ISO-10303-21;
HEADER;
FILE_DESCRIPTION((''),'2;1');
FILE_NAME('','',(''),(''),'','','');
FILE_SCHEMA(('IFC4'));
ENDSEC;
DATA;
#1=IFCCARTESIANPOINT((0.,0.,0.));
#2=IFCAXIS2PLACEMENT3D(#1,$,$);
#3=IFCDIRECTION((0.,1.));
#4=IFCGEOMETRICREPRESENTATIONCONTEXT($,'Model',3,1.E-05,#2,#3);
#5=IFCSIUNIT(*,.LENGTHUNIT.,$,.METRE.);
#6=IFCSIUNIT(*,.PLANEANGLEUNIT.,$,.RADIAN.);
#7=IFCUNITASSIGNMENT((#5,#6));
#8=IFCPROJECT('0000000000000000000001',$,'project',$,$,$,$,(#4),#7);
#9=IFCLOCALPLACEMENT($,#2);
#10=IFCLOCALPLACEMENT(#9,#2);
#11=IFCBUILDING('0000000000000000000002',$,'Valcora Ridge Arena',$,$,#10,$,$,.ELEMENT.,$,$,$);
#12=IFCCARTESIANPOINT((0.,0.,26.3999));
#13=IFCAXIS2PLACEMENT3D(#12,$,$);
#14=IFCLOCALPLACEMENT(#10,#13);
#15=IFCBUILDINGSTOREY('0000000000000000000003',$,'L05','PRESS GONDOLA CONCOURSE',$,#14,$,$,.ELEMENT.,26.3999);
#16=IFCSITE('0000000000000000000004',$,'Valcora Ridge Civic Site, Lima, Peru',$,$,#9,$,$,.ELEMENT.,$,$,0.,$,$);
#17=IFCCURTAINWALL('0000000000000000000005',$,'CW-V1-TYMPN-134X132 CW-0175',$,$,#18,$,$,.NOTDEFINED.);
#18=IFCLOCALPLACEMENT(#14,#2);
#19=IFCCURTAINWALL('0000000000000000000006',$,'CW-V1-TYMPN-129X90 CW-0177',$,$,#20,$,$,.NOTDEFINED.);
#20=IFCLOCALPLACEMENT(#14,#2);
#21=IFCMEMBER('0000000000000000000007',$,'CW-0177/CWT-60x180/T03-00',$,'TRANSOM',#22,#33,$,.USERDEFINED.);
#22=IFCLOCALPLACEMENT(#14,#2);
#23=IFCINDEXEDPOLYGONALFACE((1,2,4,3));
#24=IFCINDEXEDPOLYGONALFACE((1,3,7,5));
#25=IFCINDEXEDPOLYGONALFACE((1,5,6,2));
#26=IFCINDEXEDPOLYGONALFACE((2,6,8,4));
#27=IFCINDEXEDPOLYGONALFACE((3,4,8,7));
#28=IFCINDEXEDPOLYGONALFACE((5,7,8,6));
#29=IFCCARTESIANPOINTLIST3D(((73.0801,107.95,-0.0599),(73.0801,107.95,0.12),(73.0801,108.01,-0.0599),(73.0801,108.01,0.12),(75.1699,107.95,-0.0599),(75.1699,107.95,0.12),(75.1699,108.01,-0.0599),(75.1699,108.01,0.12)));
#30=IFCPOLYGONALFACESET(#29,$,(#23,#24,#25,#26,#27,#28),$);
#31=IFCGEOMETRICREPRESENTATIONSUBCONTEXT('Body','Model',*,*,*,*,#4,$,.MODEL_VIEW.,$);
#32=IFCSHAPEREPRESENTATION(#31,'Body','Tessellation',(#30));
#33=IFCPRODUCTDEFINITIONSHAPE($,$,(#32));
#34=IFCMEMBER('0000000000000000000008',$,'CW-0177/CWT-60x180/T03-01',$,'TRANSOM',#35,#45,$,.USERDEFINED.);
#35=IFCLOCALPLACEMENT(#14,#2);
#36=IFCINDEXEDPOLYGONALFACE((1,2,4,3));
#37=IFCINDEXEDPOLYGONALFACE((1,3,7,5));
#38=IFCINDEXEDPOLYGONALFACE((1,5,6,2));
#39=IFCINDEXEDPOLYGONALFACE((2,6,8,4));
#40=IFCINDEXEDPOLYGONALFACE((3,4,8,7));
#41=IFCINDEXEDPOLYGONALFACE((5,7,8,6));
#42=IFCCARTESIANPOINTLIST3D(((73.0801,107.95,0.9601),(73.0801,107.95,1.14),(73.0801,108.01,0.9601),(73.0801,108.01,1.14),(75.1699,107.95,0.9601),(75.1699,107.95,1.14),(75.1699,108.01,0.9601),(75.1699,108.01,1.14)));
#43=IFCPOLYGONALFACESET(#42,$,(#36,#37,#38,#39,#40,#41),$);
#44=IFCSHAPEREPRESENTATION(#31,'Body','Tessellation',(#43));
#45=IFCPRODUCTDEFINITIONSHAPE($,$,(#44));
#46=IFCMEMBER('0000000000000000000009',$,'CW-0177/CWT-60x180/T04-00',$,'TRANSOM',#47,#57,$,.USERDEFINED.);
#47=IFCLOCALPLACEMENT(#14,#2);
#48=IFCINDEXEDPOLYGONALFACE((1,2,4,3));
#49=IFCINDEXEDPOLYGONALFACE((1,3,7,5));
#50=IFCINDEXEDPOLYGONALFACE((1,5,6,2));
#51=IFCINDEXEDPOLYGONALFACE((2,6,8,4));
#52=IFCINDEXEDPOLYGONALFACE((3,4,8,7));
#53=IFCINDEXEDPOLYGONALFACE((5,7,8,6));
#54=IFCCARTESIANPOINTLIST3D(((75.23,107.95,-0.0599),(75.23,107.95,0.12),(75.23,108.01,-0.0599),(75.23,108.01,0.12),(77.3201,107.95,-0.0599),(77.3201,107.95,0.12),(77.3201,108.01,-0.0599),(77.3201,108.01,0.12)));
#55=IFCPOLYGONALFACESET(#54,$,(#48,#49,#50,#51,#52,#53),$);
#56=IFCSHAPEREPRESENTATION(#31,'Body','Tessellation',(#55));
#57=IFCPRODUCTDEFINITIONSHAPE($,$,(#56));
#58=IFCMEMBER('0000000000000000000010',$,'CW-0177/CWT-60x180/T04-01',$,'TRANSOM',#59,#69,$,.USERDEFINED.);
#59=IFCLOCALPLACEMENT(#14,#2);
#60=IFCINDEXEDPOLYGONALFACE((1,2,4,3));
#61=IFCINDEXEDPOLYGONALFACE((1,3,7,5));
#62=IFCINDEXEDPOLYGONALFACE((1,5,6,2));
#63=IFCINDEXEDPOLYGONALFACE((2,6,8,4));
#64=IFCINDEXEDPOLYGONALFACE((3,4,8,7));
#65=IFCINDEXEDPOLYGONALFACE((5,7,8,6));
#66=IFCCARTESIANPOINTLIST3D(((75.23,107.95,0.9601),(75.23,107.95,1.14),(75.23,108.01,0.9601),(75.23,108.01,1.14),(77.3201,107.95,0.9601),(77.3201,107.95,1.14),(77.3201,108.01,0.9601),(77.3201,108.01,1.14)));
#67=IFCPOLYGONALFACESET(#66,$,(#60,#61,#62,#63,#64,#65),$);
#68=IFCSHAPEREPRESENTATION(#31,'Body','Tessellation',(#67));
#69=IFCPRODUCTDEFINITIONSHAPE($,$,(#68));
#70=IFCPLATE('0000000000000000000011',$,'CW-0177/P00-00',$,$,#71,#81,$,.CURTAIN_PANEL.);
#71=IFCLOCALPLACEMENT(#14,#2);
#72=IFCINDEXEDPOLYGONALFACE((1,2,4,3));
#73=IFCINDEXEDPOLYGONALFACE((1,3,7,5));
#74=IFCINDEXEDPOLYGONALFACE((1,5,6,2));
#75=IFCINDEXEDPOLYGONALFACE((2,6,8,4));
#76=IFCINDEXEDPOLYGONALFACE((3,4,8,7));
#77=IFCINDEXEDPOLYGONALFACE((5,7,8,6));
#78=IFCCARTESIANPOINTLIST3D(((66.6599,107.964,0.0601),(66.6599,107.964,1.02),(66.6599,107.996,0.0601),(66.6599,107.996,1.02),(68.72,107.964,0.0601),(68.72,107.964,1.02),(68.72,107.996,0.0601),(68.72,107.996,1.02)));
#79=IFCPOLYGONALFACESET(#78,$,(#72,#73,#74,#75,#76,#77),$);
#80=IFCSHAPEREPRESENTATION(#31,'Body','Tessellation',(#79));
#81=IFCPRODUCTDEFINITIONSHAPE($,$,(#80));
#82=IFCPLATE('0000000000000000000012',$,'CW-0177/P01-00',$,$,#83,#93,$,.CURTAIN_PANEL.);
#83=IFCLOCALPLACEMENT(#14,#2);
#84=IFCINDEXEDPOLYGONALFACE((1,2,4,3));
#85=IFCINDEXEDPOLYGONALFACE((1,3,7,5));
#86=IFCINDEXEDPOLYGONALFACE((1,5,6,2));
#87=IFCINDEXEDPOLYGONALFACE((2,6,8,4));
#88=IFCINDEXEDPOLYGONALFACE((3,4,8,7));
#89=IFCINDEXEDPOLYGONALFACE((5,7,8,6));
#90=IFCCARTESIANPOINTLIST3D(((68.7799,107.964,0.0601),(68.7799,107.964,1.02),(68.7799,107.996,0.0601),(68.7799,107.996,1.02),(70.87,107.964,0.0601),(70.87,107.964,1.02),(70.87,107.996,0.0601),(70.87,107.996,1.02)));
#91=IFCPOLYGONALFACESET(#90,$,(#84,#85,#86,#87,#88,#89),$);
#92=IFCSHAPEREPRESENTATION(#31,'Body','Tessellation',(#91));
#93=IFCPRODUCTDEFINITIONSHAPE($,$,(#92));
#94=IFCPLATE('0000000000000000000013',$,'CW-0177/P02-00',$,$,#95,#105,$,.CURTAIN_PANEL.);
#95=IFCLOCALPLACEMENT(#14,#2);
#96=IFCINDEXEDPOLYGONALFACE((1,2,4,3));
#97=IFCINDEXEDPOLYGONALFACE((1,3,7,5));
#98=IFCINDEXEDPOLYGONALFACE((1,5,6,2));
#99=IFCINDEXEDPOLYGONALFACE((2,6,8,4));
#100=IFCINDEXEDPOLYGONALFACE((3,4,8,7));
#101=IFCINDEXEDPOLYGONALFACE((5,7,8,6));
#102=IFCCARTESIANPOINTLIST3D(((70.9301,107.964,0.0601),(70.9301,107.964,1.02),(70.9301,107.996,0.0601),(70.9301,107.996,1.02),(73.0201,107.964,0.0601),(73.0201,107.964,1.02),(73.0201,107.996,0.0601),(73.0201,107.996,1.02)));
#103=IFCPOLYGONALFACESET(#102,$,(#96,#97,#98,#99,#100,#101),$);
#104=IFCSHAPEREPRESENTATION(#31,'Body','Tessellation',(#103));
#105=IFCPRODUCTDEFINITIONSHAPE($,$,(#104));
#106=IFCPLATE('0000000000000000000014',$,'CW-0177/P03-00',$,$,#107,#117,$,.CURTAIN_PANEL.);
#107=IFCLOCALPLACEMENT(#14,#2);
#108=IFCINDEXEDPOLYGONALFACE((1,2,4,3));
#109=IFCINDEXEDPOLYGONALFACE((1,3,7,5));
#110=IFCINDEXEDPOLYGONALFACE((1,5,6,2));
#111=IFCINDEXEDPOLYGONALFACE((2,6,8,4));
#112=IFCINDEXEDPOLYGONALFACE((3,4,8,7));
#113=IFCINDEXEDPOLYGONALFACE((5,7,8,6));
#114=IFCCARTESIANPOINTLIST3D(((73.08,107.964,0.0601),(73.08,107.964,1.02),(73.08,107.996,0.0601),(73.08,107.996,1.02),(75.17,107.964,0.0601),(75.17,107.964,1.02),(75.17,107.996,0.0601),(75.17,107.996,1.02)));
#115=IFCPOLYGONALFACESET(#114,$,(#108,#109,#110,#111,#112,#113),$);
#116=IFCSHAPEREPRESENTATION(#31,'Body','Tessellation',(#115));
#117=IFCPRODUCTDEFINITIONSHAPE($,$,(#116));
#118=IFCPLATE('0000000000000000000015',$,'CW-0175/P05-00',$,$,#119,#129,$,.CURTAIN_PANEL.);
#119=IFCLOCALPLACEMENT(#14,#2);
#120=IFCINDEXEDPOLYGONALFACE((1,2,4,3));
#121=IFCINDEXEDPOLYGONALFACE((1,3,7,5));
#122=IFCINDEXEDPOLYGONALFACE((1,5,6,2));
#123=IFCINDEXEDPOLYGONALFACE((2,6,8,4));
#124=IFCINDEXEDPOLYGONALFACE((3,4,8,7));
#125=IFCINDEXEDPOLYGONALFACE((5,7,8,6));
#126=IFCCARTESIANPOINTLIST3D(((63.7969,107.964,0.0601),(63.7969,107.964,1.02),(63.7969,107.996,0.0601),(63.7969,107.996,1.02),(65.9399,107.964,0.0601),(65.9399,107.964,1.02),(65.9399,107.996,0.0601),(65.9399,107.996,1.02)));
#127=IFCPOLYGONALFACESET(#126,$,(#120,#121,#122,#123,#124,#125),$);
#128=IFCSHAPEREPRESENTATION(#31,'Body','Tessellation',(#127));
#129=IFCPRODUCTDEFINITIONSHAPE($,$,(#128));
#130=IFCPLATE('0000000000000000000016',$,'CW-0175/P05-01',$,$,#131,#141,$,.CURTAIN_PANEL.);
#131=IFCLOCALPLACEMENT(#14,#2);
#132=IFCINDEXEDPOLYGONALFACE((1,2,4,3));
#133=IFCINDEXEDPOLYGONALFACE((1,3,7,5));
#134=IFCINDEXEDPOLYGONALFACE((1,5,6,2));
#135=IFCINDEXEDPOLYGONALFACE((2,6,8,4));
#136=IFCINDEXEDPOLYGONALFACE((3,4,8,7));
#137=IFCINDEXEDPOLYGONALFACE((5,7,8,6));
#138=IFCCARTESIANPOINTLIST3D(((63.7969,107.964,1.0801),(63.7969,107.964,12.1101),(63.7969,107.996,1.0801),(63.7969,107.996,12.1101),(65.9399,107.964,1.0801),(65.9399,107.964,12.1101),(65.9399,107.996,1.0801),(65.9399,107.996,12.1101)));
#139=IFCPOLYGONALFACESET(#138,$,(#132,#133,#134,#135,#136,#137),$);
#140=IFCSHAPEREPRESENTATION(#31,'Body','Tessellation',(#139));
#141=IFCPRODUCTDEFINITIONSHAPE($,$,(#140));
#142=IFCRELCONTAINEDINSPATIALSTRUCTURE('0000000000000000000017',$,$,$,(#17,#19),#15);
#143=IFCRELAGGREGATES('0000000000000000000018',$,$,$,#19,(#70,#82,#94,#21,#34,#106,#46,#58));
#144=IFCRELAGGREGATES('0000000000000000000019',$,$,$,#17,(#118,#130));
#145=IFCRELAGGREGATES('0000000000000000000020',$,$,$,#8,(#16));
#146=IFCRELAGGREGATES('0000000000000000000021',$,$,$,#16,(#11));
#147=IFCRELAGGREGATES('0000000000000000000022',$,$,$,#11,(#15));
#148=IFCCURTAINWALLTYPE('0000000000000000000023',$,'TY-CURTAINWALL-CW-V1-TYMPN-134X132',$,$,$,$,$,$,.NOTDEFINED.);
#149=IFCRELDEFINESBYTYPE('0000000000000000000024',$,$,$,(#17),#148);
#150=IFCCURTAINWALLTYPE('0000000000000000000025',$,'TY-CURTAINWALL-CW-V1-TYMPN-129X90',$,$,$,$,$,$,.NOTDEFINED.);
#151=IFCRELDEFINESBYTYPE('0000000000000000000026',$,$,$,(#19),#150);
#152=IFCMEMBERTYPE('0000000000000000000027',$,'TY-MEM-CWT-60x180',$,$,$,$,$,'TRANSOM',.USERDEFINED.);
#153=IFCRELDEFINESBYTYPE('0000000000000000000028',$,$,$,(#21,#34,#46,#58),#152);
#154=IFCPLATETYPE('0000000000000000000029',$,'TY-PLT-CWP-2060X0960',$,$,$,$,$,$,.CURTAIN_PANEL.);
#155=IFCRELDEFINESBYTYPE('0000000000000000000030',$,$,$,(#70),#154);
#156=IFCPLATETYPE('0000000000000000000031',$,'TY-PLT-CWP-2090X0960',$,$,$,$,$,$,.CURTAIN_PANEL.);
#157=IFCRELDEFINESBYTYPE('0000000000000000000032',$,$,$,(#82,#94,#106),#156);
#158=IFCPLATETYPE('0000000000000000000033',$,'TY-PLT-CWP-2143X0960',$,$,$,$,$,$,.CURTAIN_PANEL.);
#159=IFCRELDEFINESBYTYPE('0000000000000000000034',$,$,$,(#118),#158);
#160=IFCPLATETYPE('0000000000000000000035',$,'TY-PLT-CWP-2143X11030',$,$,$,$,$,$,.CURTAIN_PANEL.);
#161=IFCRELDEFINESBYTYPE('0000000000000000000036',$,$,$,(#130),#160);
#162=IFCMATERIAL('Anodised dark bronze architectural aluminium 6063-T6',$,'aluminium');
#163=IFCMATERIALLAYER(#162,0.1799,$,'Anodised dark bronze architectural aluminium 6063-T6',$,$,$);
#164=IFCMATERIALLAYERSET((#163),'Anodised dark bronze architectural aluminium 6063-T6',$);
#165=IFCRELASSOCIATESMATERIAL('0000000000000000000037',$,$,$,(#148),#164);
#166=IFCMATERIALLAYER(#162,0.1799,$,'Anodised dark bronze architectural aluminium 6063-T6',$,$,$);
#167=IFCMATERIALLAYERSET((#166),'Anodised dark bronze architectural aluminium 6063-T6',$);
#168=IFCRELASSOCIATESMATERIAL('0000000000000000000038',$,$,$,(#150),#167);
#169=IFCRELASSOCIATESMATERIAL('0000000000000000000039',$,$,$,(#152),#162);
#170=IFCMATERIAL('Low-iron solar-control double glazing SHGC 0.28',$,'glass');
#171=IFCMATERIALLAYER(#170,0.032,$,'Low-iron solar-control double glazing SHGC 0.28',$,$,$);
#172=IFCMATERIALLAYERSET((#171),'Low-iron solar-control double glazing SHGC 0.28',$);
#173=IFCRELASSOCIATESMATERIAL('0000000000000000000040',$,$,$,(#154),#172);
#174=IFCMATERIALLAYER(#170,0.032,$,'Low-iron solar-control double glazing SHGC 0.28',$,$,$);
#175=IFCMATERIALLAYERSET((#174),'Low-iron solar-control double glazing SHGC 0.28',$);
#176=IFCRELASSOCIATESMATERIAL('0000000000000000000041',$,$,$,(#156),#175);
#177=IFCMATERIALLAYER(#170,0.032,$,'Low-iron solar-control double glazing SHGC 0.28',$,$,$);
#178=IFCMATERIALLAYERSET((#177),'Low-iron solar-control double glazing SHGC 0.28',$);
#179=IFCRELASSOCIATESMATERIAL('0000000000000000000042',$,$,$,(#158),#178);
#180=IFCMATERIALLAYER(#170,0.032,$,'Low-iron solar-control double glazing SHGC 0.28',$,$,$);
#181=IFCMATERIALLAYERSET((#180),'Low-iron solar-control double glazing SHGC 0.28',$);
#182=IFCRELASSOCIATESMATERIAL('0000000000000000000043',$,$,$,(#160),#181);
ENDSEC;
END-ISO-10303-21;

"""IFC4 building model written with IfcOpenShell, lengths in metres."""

from ifc_helpers import new_model, si_unit, direction, frame, origin, origin_2d, place, context, subcontext, project, spatial, rectangle, extrude, material, layer, layer_set, material_profile, profile_set, type_object, element, aggregate, save


model = new_model("IFC4")

# Units and contexts
model_context = context("Model", 3, precision=1e-05, world=origin(), true_north=direction((0.0, 1.0)))
body_context = subcontext(model_context, "Body", "Model", "MODEL_VIEW")
ifc_project = project(units=[si_unit("LENGTHUNIT", "METRE"), si_unit("PLANEANGLEUNIT", "RADIAN")], contexts=[model_context])

# Site, building, storey
site_placement = place(None, origin())
site = spatial("IfcSite", under=ifc_project, at=site_placement, Name="Valcora Ridge Civic Site, Lima, Peru", CompositionType="ELEMENT", RefElevation=0.0)
building_placement = place(site_placement, origin())
building = spatial("IfcBuilding", under=site, at=building_placement, Name="Valcora Ridge Arena", CompositionType="ELEMENT")
storey_placement = place(building_placement, frame((0.0, 0.0, 26.3999)))
storey = spatial("IfcBuildingStorey", under=building, at=storey_placement, Name="L05", Description="PRESS GONDOLA CONCOURSE", CompositionType="ELEMENT", Elevation=26.3999)

# Curtain walls
ifc_material_1 = material(Name="Anodised dark bronze architectural aluminium 6063-T6", Category="aluminium")
ifc_layer_1 = layer(ifc_material_1, 0.1799, Name="Anodised dark bronze architectural aluminium 6063-T6")
ifc_layer_set_1 = layer_set([ifc_layer_1], Name="Anodised dark bronze architectural aluminium 6063-T6")
curtain_wall_type_1 = type_object("IfcCurtainWallType", Name="TY-CURTAINWALL-CW-V1-TYMPN-134X132", PredefinedType="NOTDEFINED", material=ifc_layer_set_1)
curtain_wall_1_placement = place(storey_placement, origin())
curtain_wall_1 = element("IfcCurtainWall", 1, at=curtain_wall_1_placement, inside=storey, type_object=curtain_wall_type_1, Name="CW-V1-TYMPN-134X132 CW-0175", PredefinedType="NOTDEFINED")
ifc_layer_2 = layer(ifc_material_1, 0.1799, Name="Anodised dark bronze architectural aluminium 6063-T6")
ifc_layer_set_2 = layer_set([ifc_layer_2], Name="Anodised dark bronze architectural aluminium 6063-T6")
curtain_wall_type_2 = type_object("IfcCurtainWallType", Name="TY-CURTAINWALL-CW-V1-TYMPN-129X90", PredefinedType="NOTDEFINED", material=ifc_layer_set_2)
curtain_wall_2_placement = place(storey_placement, origin())
curtain_wall_2 = element("IfcCurtainWall", 2, at=curtain_wall_2_placement, inside=storey, type_object=curtain_wall_type_2, Name="CW-V1-TYMPN-129X90 CW-0177", PredefinedType="NOTDEFINED")

# Members
ifc_material_profile_1 = material_profile(ifc_material_1, rectangle(XDim=0.0601, YDim=0.1799, at=origin_2d()), Name="ALU TRANSOM 60x180")
ifc_profile_set_1 = profile_set([ifc_material_profile_1], Name="Anodised dark bronze architectural aluminium 6063-T6")
member_type_1 = type_object("IfcMemberType", Name="TY-MEM-CWT-60x180", ElementType="TRANSOM", PredefinedType="USERDEFINED", material=ifc_profile_set_1)
member_1_placement = place(storey_placement, frame((73.0801, 107.98, 0.03), z_axis=(1.0, 0.0, 0.0), x_axis=(0.0, 1.0, 0.0)))
member_1 = element("IfcMember", 3, at=member_1_placement, type_object=member_type_1, Name="CW-0177/CWT-60x180/T03-00", ObjectType="TRANSOM", PredefinedType="USERDEFINED", context=body_context, shape_type="SweptSolid", body=[
    extrude(rectangle(XDim=0.0601, YDim=0.1799, at=origin_2d()), origin(), (0.0, 0.0, 1.0), 2.0898),
])
member_2_placement = place(storey_placement, frame((73.0801, 107.98, 1.05), z_axis=(1.0, 0.0, 0.0), x_axis=(0.0, 1.0, 0.0)))
member_2 = element("IfcMember", 4, at=member_2_placement, type_object=member_type_1, Name="CW-0177/CWT-60x180/T03-01", ObjectType="TRANSOM", PredefinedType="USERDEFINED", context=body_context, shape_type="SweptSolid", body=[
    extrude(rectangle(XDim=0.0601, YDim=0.1799, at=origin_2d()), origin(), (0.0, 0.0, 1.0), 2.0898),
])
member_3_placement = place(storey_placement, frame((75.23, 107.98, 0.03), z_axis=(1.0, 0.0, 0.0), x_axis=(0.0, 1.0, 0.0)))
member_3 = element("IfcMember", 5, at=member_3_placement, type_object=member_type_1, Name="CW-0177/CWT-60x180/T04-00", ObjectType="TRANSOM", PredefinedType="USERDEFINED", context=body_context, shape_type="SweptSolid", body=[
    extrude(rectangle(XDim=0.0601, YDim=0.1799, at=origin_2d()), origin(), (0.0, 0.0, 1.0), 2.0901),
])
member_4_placement = place(storey_placement, frame((75.23, 107.98, 1.05), z_axis=(1.0, 0.0, 0.0), x_axis=(0.0, 1.0, 0.0)))
member_4 = element("IfcMember", 6, at=member_4_placement, type_object=member_type_1, Name="CW-0177/CWT-60x180/T04-01", ObjectType="TRANSOM", PredefinedType="USERDEFINED", context=body_context, shape_type="SweptSolid", body=[
    extrude(rectangle(XDim=0.0601, YDim=0.1799, at=origin_2d()), origin(), (0.0, 0.0, 1.0), 2.0901),
])

# Plates
ifc_material_2 = material(Name="Low-iron solar-control double glazing SHGC 0.28", Category="glass")
ifc_layer_3 = layer(ifc_material_2, 0.032, Name="Low-iron solar-control double glazing SHGC 0.28")
ifc_layer_set_3 = layer_set([ifc_layer_3], Name="Low-iron solar-control double glazing SHGC 0.28")
plate_type_1 = type_object("IfcPlateType", Name="TY-PLT-CWP-2060X0960", PredefinedType="CURTAIN_PANEL", material=ifc_layer_set_3)
plate_1_placement = place(storey_placement, frame((67.6899, 107.98, 0.0601), z_axis=(0.0, 0.0, 1.0), x_axis=(1.0, 0.0, 0.0)))
plate_1 = element("IfcPlate", 7, at=plate_1_placement, type_object=plate_type_1, Name="CW-0177/P00-00", PredefinedType="CURTAIN_PANEL", context=body_context, shape_type="SweptSolid", body=[
    extrude(rectangle(XDim=2.0601, YDim=0.032, at=origin_2d()), origin(), (0.0, 0.0, 1.0), 0.96),
])
ifc_layer_4 = layer(ifc_material_2, 0.032, Name="Low-iron solar-control double glazing SHGC 0.28")
ifc_layer_set_4 = layer_set([ifc_layer_4], Name="Low-iron solar-control double glazing SHGC 0.28")
plate_type_2 = type_object("IfcPlateType", Name="TY-PLT-CWP-2090X0960", PredefinedType="CURTAIN_PANEL", material=ifc_layer_set_4)
plate_2_placement = place(storey_placement, frame((69.825, 107.98, 0.0601), z_axis=(0.0, 0.0, 1.0), x_axis=(1.0, 0.0, 0.0)))
plate_2 = element("IfcPlate", 8, at=plate_2_placement, type_object=plate_type_2, Name="CW-0177/P01-00", PredefinedType="CURTAIN_PANEL", context=body_context, shape_type="SweptSolid", body=[
    extrude(rectangle(XDim=2.0901, YDim=0.032, at=origin_2d()), origin(), (0.0, 0.0, 1.0), 0.96),
])
plate_3_placement = place(storey_placement, frame((71.9751, 107.98, 0.0601), z_axis=(0.0, 0.0, 1.0), x_axis=(1.0, 0.0, 0.0)))
plate_3 = element("IfcPlate", 9, at=plate_3_placement, type_object=plate_type_2, Name="CW-0177/P02-00", PredefinedType="CURTAIN_PANEL", context=body_context, shape_type="SweptSolid", body=[
    extrude(rectangle(XDim=2.0901, YDim=0.032, at=origin_2d()), origin(), (0.0, 0.0, 1.0), 0.96),
])
plate_4_placement = place(storey_placement, frame((74.125, 107.98, 0.0601), z_axis=(0.0, 0.0, 1.0), x_axis=(1.0, 0.0, 0.0)))
plate_4 = element("IfcPlate", 10, at=plate_4_placement, type_object=plate_type_2, Name="CW-0177/P03-00", PredefinedType="CURTAIN_PANEL", context=body_context, shape_type="SweptSolid", body=[
    extrude(rectangle(XDim=2.0901, YDim=0.032, at=origin_2d()), origin(), (0.0, 0.0, 1.0), 0.96),
])
aggregate(curtain_wall_2, [plate_1, plate_2, plate_3, member_1, member_2, plate_4, member_3, member_4])
ifc_layer_5 = layer(ifc_material_2, 0.032, Name="Low-iron solar-control double glazing SHGC 0.28")
ifc_layer_set_5 = layer_set([ifc_layer_5], Name="Low-iron solar-control double glazing SHGC 0.28")
plate_type_3 = type_object("IfcPlateType", Name="TY-PLT-CWP-2143X0960", PredefinedType="CURTAIN_PANEL", material=ifc_layer_set_5)
plate_5_placement = place(storey_placement, frame((64.8684, 107.98, 0.0601), z_axis=(0.0, 0.0, 1.0), x_axis=(1.0, 0.0, 0.0)))
plate_5 = element("IfcPlate", 11, at=plate_5_placement, type_object=plate_type_3, Name="CW-0175/P05-00", PredefinedType="CURTAIN_PANEL", context=body_context, shape_type="SweptSolid", body=[
    extrude(rectangle(XDim=2.1431, YDim=0.032, at=origin_2d()), origin(), (0.0, 0.0, 1.0), 0.96),
])
ifc_layer_6 = layer(ifc_material_2, 0.032, Name="Low-iron solar-control double glazing SHGC 0.28")
ifc_layer_set_6 = layer_set([ifc_layer_6], Name="Low-iron solar-control double glazing SHGC 0.28")
plate_type_4 = type_object("IfcPlateType", Name="TY-PLT-CWP-2143X11030", PredefinedType="CURTAIN_PANEL", material=ifc_layer_set_6)
plate_6_placement = place(storey_placement, frame((64.8684, 107.98, 1.0801), z_axis=(0.0, 0.0, 1.0), x_axis=(1.0, 0.0, 0.0)))
plate_6 = element("IfcPlate", 12, at=plate_6_placement, type_object=plate_type_4, Name="CW-0175/P05-01", PredefinedType="CURTAIN_PANEL", context=body_context, shape_type="SweptSolid", body=[
    extrude(rectangle(XDim=2.1431, YDim=0.032, at=origin_2d()), origin(), (0.0, 0.0, 1.0), 11.03),
])
aggregate(curtain_wall_1, [plate_5, plate_6])

save(model, "model.ifc")
